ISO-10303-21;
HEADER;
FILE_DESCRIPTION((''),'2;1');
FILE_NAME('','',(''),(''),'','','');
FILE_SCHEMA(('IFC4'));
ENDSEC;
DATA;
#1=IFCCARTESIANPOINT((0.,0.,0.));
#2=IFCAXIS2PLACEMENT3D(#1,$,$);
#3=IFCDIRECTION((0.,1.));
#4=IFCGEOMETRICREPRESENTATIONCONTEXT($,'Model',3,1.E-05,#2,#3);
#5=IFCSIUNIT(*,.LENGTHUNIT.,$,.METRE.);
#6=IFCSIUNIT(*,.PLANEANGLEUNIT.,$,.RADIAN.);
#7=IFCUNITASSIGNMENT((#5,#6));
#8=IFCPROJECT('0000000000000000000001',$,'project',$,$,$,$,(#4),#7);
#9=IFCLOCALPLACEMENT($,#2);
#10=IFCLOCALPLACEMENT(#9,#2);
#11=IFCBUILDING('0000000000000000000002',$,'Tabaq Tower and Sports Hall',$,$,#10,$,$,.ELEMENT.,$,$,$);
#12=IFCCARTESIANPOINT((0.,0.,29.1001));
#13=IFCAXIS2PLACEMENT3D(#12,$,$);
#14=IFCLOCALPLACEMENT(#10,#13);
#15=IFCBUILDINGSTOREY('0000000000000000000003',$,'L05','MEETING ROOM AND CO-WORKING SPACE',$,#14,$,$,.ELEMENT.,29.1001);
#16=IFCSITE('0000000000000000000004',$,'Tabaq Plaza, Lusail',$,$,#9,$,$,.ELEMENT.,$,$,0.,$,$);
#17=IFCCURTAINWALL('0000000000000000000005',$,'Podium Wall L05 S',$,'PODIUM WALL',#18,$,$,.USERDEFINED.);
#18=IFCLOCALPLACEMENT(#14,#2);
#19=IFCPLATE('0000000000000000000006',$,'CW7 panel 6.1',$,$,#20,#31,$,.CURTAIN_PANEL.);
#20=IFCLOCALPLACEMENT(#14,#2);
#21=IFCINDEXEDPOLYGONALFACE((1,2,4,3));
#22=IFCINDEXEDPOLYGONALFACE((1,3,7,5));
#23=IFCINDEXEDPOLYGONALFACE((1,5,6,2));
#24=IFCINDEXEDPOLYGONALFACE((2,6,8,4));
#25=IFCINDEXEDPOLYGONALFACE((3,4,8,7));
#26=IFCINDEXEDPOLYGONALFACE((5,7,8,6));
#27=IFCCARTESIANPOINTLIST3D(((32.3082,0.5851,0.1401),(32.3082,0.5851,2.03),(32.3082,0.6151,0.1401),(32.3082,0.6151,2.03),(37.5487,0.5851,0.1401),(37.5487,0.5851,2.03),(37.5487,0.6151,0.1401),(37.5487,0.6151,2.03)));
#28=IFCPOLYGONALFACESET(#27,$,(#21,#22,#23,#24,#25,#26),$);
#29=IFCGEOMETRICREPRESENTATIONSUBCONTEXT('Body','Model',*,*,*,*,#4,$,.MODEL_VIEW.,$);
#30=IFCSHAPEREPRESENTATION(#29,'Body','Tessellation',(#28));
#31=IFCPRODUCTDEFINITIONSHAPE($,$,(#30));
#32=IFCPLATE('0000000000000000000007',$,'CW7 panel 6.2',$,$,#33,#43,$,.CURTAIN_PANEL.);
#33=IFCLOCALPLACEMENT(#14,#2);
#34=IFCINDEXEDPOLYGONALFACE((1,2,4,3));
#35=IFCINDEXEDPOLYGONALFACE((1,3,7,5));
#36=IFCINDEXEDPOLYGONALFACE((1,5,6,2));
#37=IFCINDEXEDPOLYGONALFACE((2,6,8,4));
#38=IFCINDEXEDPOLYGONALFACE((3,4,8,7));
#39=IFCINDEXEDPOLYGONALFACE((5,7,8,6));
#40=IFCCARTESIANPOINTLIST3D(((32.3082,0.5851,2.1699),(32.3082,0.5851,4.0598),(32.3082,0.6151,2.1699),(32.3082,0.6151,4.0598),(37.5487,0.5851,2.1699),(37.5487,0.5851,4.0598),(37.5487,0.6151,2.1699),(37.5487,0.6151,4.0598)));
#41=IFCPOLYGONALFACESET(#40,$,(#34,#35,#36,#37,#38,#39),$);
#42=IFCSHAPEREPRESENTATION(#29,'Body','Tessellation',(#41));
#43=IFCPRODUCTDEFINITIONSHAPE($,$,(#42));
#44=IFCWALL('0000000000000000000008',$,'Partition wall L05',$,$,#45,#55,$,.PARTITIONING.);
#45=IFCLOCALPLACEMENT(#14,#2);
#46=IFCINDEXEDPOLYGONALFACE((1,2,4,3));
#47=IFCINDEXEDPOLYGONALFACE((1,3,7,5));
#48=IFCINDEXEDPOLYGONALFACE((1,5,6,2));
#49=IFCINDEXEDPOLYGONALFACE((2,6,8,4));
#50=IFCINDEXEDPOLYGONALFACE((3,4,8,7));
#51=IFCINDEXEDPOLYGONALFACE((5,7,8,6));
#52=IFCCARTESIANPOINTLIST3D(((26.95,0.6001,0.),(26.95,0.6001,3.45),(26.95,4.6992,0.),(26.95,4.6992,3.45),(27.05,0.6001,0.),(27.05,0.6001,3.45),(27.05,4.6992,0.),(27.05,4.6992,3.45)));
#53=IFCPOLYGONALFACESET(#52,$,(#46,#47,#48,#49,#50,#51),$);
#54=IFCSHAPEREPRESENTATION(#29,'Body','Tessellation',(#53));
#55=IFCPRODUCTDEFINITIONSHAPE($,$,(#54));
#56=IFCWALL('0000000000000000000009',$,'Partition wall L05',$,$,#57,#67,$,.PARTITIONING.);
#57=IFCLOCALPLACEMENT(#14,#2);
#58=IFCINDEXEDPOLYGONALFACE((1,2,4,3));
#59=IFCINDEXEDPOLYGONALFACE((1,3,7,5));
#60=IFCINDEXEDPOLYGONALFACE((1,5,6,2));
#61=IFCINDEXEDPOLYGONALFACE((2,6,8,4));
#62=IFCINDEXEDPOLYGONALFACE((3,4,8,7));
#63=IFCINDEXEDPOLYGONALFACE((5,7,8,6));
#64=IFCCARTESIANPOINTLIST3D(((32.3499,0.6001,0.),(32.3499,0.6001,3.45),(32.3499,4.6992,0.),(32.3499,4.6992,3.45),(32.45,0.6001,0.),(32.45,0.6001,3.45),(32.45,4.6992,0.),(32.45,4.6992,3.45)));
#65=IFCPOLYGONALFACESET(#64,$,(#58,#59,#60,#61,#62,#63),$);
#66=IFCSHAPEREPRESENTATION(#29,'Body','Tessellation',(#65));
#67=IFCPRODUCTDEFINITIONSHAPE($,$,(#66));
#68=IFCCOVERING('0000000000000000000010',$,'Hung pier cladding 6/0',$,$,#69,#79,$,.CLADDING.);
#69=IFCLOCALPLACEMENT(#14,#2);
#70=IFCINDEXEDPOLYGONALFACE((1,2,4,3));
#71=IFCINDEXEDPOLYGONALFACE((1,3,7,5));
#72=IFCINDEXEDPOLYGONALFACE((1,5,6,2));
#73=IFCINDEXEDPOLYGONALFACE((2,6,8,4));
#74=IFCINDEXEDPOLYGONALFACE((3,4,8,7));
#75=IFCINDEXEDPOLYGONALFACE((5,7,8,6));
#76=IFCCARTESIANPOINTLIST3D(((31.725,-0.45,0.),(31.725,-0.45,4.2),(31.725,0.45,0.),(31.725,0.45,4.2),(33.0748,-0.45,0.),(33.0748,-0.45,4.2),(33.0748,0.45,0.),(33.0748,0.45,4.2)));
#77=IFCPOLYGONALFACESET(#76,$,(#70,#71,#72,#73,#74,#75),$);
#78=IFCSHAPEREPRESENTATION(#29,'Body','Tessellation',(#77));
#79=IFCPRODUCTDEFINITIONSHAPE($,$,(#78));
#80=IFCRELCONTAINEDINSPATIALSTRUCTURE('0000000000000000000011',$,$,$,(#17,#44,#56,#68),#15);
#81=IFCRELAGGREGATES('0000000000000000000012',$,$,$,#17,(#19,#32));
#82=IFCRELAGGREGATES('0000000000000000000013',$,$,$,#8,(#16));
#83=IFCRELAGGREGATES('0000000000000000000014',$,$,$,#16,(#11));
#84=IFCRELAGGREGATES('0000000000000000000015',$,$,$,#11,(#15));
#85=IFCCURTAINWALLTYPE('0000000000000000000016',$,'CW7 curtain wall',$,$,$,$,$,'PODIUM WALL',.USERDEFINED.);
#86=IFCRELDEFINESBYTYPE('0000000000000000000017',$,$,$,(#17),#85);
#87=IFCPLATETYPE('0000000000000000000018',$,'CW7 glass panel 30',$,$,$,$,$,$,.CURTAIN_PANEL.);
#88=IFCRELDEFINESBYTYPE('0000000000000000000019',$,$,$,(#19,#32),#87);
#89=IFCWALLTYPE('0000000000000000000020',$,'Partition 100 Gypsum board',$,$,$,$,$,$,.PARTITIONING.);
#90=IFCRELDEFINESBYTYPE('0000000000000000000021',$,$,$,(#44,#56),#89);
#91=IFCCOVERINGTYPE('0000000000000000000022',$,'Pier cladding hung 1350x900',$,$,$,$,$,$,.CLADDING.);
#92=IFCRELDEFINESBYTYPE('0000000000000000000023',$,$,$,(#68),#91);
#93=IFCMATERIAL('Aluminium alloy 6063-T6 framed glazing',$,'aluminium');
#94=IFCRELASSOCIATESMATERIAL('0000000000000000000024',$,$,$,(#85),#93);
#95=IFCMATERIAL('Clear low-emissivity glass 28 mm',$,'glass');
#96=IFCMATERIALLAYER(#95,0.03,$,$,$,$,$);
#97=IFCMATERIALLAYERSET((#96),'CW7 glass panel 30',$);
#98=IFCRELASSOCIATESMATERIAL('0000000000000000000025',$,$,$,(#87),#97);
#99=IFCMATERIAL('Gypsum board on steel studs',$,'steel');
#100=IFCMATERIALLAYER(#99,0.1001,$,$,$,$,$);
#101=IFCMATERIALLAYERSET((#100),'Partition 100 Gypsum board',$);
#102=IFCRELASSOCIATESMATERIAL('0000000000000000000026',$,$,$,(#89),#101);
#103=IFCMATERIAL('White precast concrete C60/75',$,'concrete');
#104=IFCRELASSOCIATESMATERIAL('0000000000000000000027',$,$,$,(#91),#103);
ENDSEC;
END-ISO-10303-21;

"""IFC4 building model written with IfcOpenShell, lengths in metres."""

from ifc_helpers import new_model, si_unit, direction, frame, frame_2d, origin, origin_2d, place, context, subcontext, project, spatial, rectangle, extrude, material, layer, layer_set, type_object, element, aggregate, save


model = new_model("IFC4")

# Units and contexts
model_context = context("Model", 3, precision=1e-05, world=origin(), true_north=direction((0.0, 1.0)))
body_context = subcontext(model_context, "Body", "Model", "MODEL_VIEW")
ifc_project = project(units=[si_unit("LENGTHUNIT", "METRE"), si_unit("PLANEANGLEUNIT", "RADIAN")], contexts=[model_context])

# Site, building, storey
site_placement = place(None, origin())
site = spatial("IfcSite", under=ifc_project, at=site_placement, Name="Tabaq Plaza, Lusail", CompositionType="ELEMENT", RefElevation=0.0)
building_placement = place(site_placement, origin())
building = spatial("IfcBuilding", under=site, at=building_placement, Name="Tabaq Tower and Sports Hall", CompositionType="ELEMENT")
storey_placement = place(building_placement, frame((0.0, 0.0, 29.1001)))
storey = spatial("IfcBuildingStorey", under=building, at=storey_placement, Name="L05", Description="MEETING ROOM AND CO-WORKING SPACE", CompositionType="ELEMENT", Elevation=29.1001)

# Curtain wall
ifc_material_1 = material(Name="Aluminium alloy 6063-T6 framed glazing", Category="aluminium")
curtain_wall_type = type_object("IfcCurtainWallType", Name="CW7 curtain wall", ElementType="PODIUM WALL", PredefinedType="USERDEFINED", material=ifc_material_1)
curtain_wall_placement = place(storey_placement, origin())
curtain_wall = element("IfcCurtainWall", 1, at=curtain_wall_placement, inside=storey, type_object=curtain_wall_type, Name="Podium Wall L05 S", ObjectType="PODIUM WALL", PredefinedType="USERDEFINED")

# Plates
ifc_material_2 = material(Name="Clear low-emissivity glass 28 mm", Category="glass")
ifc_layer_1 = layer(ifc_material_2, 0.03)
ifc_layer_set_1 = layer_set([ifc_layer_1], Name="CW7 glass panel 30")
plate_type = type_object("IfcPlateType", Name="CW7 glass panel 30", PredefinedType="CURTAIN_PANEL", material=ifc_layer_set_1)
plate_1_placement = place(storey_placement, frame((34.9285, 0.6001, 0.1401), z_axis=(0.0, 0.0, 1.0), x_axis=(1.0, 0.0, 0.0)))
plate_1 = element("IfcPlate", 2, at=plate_1_placement, type_object=plate_type, Name="CW7 panel 6.1", PredefinedType="CURTAIN_PANEL", context=body_context, shape_type="SweptSolid", body=[
    extrude(rectangle(XDim=5.2405, YDim=0.03, at=origin_2d()), origin(), (0.0, 0.0, 1.0), 1.8899),
])
plate_2_placement = place(storey_placement, frame((34.9285, 0.6001, 2.1699), z_axis=(0.0, 0.0, 1.0), x_axis=(1.0, 0.0, 0.0)))
plate_2 = element("IfcPlate", 3, at=plate_2_placement, type_object=plate_type, Name="CW7 panel 6.2", PredefinedType="CURTAIN_PANEL", context=body_context, shape_type="SweptSolid", body=[
    extrude(rectangle(XDim=5.2405, YDim=0.03, at=origin_2d()), origin(), (0.0, 0.0, 1.0), 1.8899),
])
aggregate(curtain_wall, [plate_1, plate_2])

# Walls
ifc_material_3 = material(Name="Gypsum board on steel studs", Category="steel")
ifc_layer_2 = layer(ifc_material_3, 0.1001)
ifc_layer_set_2 = layer_set([ifc_layer_2], Name="Partition 100 Gypsum board")
wall_type = type_object("IfcWallType", Name="Partition 100 Gypsum board", PredefinedType="PARTITIONING", material=ifc_layer_set_2)
for number, where, z_axis, x_axis, name in (
    (4, (27.0, 0.6001, 0.0), (0.0, 0.0, 1.0), (0.0, 1.0, 0.0), "Partition wall L05"),
    (5, (32.3999, 0.6001, 0.0), (0.0, 0.0, 1.0), (0.0, 1.0, 0.0), "Partition wall L05"),
):
    element("IfcWall", number, at=place(storey_placement, frame(where, z_axis=z_axis, x_axis=x_axis)), inside=storey, type_object=wall_type, Name=name, PredefinedType="PARTITIONING", context=body_context, shape_type="SweptSolid", body=[
        extrude(rectangle(XDim=4.0991, YDim=0.1001, at=frame_2d((2.0496, 0.0))), origin(), (0.0, 0.0, 1.0), 3.45),
    ])

# Covering
ifc_material_4 = material(Name="White precast concrete C60/75", Category="concrete")
covering_type = type_object("IfcCoveringType", Name="Pier cladding hung 1350x900", PredefinedType="CLADDING", material=ifc_material_4)
covering_placement = place(storey_placement, frame((31.7251, 0.0, 0.0), z_axis=(0.0, 0.0, 1.0), x_axis=(1.0, 0.0, 0.0)))
element("IfcCovering", 6, at=covering_placement, inside=storey, type_object=covering_type, Name="Hung pier cladding 6/0", PredefinedType="CLADDING", context=body_context, shape_type="SweptSolid", body=[
    extrude(rectangle(XDim=1.3499, YDim=0.8999, at=frame_2d((0.6748, 0.0))), origin(), (0.0, 0.0, 1.0), 4.2),
])

save(model, "model.ifc")
